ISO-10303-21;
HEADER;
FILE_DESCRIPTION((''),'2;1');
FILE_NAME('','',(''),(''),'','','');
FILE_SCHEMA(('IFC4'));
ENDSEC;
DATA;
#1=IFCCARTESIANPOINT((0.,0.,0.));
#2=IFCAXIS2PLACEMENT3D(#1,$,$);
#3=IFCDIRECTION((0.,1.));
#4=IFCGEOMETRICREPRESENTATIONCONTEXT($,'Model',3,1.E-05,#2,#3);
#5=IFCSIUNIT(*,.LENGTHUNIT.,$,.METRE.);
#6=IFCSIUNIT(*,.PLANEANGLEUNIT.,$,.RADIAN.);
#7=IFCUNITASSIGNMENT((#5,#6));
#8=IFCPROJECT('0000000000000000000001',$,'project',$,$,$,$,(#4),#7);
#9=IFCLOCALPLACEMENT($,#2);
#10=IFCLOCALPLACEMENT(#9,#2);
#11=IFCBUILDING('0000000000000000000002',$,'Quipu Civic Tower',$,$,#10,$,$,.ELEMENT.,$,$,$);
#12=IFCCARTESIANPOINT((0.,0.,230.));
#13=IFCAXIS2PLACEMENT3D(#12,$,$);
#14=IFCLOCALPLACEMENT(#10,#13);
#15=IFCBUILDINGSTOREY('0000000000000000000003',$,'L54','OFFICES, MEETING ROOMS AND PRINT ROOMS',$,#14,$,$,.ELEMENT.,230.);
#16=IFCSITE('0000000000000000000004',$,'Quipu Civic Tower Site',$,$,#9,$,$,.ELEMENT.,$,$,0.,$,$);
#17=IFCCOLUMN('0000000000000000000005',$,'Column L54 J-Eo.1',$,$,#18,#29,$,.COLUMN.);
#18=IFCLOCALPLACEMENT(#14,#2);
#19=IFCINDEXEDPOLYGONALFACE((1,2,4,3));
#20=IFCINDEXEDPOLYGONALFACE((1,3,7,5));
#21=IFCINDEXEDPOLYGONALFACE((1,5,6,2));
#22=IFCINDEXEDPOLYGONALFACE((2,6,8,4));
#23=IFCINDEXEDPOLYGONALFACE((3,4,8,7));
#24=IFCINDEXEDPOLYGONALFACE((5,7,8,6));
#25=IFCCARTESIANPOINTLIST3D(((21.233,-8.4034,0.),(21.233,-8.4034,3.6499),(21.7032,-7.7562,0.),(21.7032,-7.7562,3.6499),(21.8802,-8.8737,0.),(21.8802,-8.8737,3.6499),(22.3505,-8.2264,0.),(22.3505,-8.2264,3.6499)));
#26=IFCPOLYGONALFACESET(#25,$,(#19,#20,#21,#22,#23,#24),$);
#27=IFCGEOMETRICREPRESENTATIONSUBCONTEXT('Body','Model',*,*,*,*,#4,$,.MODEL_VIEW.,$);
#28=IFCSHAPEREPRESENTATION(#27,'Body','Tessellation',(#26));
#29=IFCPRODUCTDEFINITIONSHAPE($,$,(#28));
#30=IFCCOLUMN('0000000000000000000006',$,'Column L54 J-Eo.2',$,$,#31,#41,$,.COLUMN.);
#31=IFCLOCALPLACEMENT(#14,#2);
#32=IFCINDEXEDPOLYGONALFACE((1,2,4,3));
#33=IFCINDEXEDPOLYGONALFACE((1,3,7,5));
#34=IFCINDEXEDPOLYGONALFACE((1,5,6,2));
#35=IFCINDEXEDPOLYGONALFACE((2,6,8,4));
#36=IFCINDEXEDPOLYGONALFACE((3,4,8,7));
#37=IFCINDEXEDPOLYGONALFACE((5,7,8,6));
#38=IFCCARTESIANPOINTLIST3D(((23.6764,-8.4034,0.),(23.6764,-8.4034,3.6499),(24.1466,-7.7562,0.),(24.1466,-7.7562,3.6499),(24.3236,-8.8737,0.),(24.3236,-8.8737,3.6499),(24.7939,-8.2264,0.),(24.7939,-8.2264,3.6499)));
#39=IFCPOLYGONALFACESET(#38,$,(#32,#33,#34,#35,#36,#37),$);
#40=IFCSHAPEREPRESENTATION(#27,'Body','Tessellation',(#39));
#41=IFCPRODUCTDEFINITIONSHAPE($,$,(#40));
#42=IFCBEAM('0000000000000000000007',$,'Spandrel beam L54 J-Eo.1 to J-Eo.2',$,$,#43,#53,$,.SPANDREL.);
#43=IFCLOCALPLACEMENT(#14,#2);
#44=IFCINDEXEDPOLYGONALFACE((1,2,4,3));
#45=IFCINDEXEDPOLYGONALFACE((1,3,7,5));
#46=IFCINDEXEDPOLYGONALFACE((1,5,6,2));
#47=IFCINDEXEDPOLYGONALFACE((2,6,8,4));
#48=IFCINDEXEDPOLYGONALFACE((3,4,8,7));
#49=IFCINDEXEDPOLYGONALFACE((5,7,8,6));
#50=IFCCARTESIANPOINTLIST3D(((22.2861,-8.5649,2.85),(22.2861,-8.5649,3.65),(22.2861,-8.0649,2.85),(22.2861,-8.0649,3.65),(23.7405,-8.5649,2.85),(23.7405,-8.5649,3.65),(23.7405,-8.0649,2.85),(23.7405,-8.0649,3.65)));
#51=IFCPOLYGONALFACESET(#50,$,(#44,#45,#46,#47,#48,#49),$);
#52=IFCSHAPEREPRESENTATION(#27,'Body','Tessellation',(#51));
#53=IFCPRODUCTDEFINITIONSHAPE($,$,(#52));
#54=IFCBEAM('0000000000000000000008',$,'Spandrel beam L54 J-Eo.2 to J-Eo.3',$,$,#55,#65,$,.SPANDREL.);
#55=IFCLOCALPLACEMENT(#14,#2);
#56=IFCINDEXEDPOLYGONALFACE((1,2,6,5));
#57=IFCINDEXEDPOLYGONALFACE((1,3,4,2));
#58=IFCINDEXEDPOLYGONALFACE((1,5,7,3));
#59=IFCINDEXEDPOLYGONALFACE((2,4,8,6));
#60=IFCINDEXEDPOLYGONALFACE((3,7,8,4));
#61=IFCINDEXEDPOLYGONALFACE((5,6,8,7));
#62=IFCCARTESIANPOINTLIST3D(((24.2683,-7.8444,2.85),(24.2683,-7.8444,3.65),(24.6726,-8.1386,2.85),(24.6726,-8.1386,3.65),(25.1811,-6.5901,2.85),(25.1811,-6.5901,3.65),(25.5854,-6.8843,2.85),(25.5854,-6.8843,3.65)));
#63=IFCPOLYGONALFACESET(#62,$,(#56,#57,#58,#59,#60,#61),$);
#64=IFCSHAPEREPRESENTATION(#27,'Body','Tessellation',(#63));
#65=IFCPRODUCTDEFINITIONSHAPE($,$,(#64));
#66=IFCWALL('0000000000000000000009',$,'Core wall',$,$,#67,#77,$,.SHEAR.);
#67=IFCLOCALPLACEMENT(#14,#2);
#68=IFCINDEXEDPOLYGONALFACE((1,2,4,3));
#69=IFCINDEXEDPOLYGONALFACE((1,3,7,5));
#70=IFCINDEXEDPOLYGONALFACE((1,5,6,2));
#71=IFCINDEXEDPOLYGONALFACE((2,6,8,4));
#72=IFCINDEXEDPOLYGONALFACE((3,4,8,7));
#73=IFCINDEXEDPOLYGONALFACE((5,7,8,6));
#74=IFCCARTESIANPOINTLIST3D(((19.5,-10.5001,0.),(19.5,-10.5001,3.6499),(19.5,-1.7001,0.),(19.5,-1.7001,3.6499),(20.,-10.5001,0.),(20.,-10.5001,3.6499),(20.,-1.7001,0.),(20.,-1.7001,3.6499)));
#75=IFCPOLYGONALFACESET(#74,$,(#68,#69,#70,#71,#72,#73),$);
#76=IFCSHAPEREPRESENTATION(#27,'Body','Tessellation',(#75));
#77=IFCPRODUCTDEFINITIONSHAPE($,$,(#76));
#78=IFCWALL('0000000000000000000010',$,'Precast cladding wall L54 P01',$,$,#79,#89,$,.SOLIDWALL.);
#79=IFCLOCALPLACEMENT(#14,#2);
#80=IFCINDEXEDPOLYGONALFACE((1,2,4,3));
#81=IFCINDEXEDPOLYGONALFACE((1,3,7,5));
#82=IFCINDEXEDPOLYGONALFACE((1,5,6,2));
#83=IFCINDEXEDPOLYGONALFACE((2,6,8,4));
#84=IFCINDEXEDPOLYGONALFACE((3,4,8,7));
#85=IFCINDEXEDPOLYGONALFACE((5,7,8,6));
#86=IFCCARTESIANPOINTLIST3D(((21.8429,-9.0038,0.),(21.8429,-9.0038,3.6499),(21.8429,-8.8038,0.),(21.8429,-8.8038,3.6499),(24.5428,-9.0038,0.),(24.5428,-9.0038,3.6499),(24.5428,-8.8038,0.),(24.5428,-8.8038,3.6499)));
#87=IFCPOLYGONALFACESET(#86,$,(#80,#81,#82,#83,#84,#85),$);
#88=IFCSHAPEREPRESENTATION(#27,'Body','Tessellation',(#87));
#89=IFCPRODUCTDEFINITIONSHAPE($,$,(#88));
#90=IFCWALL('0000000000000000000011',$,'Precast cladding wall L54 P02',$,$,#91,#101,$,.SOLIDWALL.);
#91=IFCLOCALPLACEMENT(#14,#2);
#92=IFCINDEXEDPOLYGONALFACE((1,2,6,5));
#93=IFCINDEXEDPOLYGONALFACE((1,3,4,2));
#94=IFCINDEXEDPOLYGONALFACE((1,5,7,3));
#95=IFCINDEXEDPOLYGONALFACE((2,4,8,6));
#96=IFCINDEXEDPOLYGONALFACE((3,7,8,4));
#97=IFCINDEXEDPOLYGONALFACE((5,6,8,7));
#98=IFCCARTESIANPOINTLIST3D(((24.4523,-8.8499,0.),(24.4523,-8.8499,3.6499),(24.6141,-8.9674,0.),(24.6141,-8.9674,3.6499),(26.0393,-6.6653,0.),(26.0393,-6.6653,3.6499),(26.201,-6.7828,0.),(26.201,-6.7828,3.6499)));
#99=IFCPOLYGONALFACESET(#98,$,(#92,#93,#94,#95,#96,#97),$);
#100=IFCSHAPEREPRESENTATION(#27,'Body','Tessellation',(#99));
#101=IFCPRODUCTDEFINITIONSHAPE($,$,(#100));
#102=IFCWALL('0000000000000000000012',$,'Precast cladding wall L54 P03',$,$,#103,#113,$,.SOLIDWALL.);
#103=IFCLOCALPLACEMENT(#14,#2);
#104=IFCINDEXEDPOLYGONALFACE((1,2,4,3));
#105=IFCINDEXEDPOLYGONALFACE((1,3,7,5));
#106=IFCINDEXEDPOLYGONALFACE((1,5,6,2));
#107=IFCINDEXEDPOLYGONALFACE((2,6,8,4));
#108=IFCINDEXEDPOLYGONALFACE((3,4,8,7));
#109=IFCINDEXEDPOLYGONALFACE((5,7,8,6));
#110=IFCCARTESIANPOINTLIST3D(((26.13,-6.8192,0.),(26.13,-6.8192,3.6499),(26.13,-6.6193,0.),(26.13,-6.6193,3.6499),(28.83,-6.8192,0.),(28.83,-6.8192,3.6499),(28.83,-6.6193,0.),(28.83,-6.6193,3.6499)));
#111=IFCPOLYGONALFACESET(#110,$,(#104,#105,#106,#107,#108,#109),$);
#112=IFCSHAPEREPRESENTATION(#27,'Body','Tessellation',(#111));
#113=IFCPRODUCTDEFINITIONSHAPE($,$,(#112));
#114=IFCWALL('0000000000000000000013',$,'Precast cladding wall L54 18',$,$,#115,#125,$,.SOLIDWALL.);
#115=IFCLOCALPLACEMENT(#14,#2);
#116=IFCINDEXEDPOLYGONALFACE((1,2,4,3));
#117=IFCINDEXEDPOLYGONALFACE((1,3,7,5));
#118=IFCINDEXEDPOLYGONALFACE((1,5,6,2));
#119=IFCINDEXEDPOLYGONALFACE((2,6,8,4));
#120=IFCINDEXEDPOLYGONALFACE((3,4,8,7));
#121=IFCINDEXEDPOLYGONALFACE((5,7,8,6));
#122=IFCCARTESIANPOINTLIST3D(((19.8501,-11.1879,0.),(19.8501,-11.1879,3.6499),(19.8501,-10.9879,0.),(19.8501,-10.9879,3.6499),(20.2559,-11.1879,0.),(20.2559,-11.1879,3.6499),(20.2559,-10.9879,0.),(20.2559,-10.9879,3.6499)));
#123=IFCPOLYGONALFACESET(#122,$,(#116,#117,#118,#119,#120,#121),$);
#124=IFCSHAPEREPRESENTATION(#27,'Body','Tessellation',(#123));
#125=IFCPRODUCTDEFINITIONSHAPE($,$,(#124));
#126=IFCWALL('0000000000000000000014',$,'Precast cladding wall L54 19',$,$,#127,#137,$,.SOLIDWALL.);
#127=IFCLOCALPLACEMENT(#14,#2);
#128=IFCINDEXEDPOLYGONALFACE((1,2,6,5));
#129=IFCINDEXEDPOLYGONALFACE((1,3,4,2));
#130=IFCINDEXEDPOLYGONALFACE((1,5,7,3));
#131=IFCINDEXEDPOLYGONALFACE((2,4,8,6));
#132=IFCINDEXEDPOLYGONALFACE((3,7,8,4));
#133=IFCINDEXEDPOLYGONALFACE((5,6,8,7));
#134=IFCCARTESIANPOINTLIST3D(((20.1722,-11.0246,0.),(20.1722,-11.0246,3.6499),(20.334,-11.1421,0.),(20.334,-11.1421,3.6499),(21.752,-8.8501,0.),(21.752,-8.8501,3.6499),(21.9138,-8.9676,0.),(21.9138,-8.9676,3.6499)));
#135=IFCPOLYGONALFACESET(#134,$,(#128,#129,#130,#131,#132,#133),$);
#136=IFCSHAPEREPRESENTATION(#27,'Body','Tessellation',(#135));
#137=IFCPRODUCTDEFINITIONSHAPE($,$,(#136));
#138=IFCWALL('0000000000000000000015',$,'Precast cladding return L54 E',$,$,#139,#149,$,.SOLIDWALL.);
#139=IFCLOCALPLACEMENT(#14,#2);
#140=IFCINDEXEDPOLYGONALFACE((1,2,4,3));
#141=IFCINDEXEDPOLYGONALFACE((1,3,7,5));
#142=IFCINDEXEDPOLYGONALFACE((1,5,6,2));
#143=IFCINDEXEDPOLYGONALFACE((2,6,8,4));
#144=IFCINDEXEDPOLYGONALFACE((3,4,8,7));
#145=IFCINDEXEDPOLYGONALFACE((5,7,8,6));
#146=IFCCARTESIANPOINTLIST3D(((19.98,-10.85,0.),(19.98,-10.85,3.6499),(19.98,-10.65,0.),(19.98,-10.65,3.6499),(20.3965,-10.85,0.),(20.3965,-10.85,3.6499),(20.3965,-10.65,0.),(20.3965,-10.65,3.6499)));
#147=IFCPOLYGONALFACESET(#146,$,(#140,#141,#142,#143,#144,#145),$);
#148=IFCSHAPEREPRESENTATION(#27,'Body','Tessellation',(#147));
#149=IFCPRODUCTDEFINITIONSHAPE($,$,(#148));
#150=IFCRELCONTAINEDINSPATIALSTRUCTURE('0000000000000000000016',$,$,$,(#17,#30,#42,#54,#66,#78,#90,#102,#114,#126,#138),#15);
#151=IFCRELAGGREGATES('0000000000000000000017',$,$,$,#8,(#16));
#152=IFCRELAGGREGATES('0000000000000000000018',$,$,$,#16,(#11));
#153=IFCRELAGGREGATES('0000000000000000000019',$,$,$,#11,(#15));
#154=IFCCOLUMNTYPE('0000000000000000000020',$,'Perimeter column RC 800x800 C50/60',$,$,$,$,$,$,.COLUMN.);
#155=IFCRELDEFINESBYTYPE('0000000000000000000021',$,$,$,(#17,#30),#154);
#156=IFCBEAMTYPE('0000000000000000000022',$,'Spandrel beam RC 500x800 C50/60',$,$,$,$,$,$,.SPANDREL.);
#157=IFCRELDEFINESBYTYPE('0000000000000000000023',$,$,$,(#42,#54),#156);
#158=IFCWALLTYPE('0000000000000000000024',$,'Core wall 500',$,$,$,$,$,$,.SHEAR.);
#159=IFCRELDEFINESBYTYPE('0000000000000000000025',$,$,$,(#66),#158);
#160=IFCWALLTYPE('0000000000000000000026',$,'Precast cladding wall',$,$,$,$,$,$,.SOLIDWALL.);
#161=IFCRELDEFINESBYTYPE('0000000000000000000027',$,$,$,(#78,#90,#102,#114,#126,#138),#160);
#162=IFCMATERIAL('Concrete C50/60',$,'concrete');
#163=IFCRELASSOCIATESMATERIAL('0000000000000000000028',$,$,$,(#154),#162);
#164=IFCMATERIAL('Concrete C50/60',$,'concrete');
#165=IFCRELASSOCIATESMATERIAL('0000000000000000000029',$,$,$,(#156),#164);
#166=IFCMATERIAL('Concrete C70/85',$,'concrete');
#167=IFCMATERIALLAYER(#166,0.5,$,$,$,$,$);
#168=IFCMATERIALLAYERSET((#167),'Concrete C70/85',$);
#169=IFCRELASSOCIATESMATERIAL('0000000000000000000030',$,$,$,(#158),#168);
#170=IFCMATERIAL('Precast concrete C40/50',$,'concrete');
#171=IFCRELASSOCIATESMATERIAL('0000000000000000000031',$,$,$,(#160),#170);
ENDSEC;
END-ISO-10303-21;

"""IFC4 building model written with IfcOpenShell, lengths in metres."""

from ifc_helpers import new_model, si_unit, direction, frame, frame_2d, origin, origin_2d, place, context, subcontext, project, spatial, rectangle, extrude, material, layer, layer_set, material_profile, profile_set, type_object, element, save


model = new_model("IFC4")

# Units and contexts
model_context = context("Model", 3, precision=1e-05, world=origin(), true_north=direction((0.0, 1.0)))
body_context = subcontext(model_context, "Body", "Model", "MODEL_VIEW")
ifc_project = project(units=[si_unit("LENGTHUNIT", "METRE"), si_unit("PLANEANGLEUNIT", "RADIAN")], contexts=[model_context])

# Site, building, storey
site_placement = place(None, origin())
site = spatial("IfcSite", under=ifc_project, at=site_placement, Name="Quipu Civic Tower Site", CompositionType="ELEMENT", RefElevation=0.0)
building_placement = place(site_placement, origin())
building = spatial("IfcBuilding", under=site, at=building_placement, Name="Quipu Civic Tower", CompositionType="ELEMENT")
storey_placement = place(building_placement, frame((0.0, 0.0, 230.0)))
storey = spatial("IfcBuildingStorey", under=building, at=storey_placement, Name="L54", Description="OFFICES, MEETING ROOMS AND PRINT ROOMS", CompositionType="ELEMENT", Elevation=230.0)

# Columns
ifc_material_1 = material(Name="Concrete C50/60", Category="concrete")
ifc_material_profile_1 = material_profile(ifc_material_1, rectangle(XDim=0.8, YDim=0.8, at=origin_2d()), Name="RC800x800")
ifc_profile_set_1 = profile_set([ifc_material_profile_1], Name="Concrete C50/60")
column_type = type_object("IfcColumnType", Name="Perimeter column RC 800x800 C50/60", PredefinedType="COLUMN", material=ifc_profile_set_1)
for number, where, z_axis, x_axis, name in (
    (1, (21.7917, -8.3149, 0.0), (0.0, 0.0, 1.0), (0.587785, 0.809017, 0.0), "Column L54 J-Eo.1"),
    (2, (24.2351, -8.3149, 0.0), (0.0, 0.0, 1.0), (0.587785, 0.809017, 0.0), "Column L54 J-Eo.2"),
):
    element("IfcColumn", number, at=place(storey_placement, frame(where, z_axis=z_axis, x_axis=x_axis)), inside=storey, type_object=column_type, Name=name, PredefinedType="COLUMN", context=body_context, shape_type="SweptSolid", body=[
        extrude(rectangle(XDim=0.8, YDim=0.8, at=origin_2d()), origin(), (0.0, 0.0, 1.0), 3.6499),
    ])

# Beams
ifc_material_2 = material(Name="Concrete C50/60", Category="concrete")
ifc_material_profile_2 = material_profile(ifc_material_2, rectangle(XDim=0.5, YDim=0.8, at=origin_2d()), Name="RC500x800")
ifc_profile_set_2 = profile_set([ifc_material_profile_2], Name="Concrete C50/60")
beam_type = type_object("IfcBeamType", Name="Spandrel beam RC 500x800 C50/60", PredefinedType="SPANDREL", material=ifc_profile_set_2)
beam_1_placement = place(storey_placement, frame((22.2861, -8.3149, 3.25), z_axis=(1.0, 0.0, 0.0), x_axis=(0.0, 1.0, 0.0)))
element("IfcBeam", 3, at=beam_1_placement, inside=storey, type_object=beam_type, Name="Spandrel beam L54 J-Eo.1 to J-Eo.2", PredefinedType="SPANDREL", context=body_context, shape_type="SweptSolid", body=[
    extrude(rectangle(XDim=0.5, YDim=0.8, at=origin_2d()), origin(), (0.0, 0.0, 1.0), 1.4543),
])
beam_2_placement = place(storey_placement, frame((24.4705, -7.9915, 3.25), z_axis=(0.588406, 0.808566, 0.0), x_axis=(-0.808566, 0.588406, 0.0)))
element("IfcBeam", 4, at=beam_2_placement, inside=storey, type_object=beam_type, Name="Spandrel beam L54 J-Eo.2 to J-Eo.3", PredefinedType="SPANDREL", context=body_context, shape_type="SweptSolid", body=[
    extrude(rectangle(XDim=0.5, YDim=0.8, at=origin_2d()), origin(), (0.0, 0.0, 1.0), 1.5513),
])

# Walls
ifc_material_3 = material(Name="Concrete C70/85", Category="concrete")
ifc_layer = layer(ifc_material_3, 0.5)
ifc_layer_set = layer_set([ifc_layer], Name="Concrete C70/85")
wall_type_1 = type_object("IfcWallType", Name="Core wall 500", PredefinedType="SHEAR", material=ifc_layer_set)
wall_1_placement = place(storey_placement, frame((19.75, -10.5, 0.0), z_axis=(0.0, 0.0, 1.0), x_axis=(0.0, 1.0, 0.0)))
element("IfcWall", 5, at=wall_1_placement, inside=storey, type_object=wall_type_1, Name="Core wall", PredefinedType="SHEAR", context=body_context, shape_type="SweptSolid", body=[
    extrude(rectangle(XDim=8.8, YDim=0.5, at=frame_2d((4.3999, 0.0))), origin(), (0.0, 0.0, 1.0), 3.6499),
])
ifc_material_4 = material(Name="Precast concrete C40/50", Category="concrete")
wall_type_2 = type_object("IfcWallType", Name="Precast cladding wall", PredefinedType="SOLIDWALL", material=ifc_material_4)
wall_2_placement = place(storey_placement, frame((21.8428, -8.9038, 0.0), z_axis=(0.0, 0.0, 1.0), x_axis=(1.0, 0.0, 0.0)))
element("IfcWall", 6, at=wall_2_placement, inside=storey, type_object=wall_type_2, Name="Precast cladding wall L54 P01", PredefinedType="SOLIDWALL", context=body_context, shape_type="SweptSolid", body=[
    extrude(rectangle(XDim=2.7, YDim=0.2, at=frame_2d((1.3501, 0.0))), origin(), (0.0, 0.0, 1.0), 3.6499),
])
wall_3_placement = place(storey_placement, frame((24.5332, -8.9087, 0.0), z_axis=(0.0, 0.0, 1.0), x_axis=(0.58772, 0.809064, 0.0)))
element("IfcWall", 7, at=wall_3_placement, inside=storey, type_object=wall_type_2, Name="Precast cladding wall L54 P02", PredefinedType="SOLIDWALL", context=body_context, shape_type="SweptSolid", body=[
    extrude(rectangle(XDim=2.7002, YDim=0.2, at=frame_2d((1.3501, 0.0))), origin(), (0.0, 0.0, 1.0), 3.6499),
])
wall_4_placement = place(storey_placement, frame((26.1299, -6.7192, 0.0), z_axis=(0.0, 0.0, 1.0), x_axis=(1.0, 0.0, 0.0)))
element("IfcWall", 8, at=wall_4_placement, inside=storey, type_object=wall_type_2, Name="Precast cladding wall L54 P03", PredefinedType="SOLIDWALL", context=body_context, shape_type="SweptSolid", body=[
    extrude(rectangle(XDim=2.7, YDim=0.2, at=frame_2d((1.3501, 0.0))), origin(), (0.0, 0.0, 1.0), 3.6499),
])
wall_5_placement = place(storey_placement, frame((19.8501, -11.0879, 0.0), z_axis=(0.0, 0.0, 1.0), x_axis=(1.0, 0.0, 0.0)))
element("IfcWall", 9, at=wall_5_placement, inside=storey, type_object=wall_type_2, Name="Precast cladding wall L54 18", PredefinedType="SOLIDWALL", context=body_context, shape_type="SweptSolid", body=[
    extrude(rectangle(XDim=0.4058, YDim=0.2, at=frame_2d((0.2029, 0.0))), origin(), (0.0, 0.0, 1.0), 3.6499),
])
wall_6_placement = place(storey_placement, frame((20.2532, -11.0833, 0.0), z_axis=(0.0, 0.0, 1.0), x_axis=(0.587767, 0.809031, 0.0)))
element("IfcWall", 10, at=wall_6_placement, inside=storey, type_object=wall_type_2, Name="Precast cladding wall L54 19", PredefinedType="SOLIDWALL", context=body_context, shape_type="SweptSolid", body=[
    extrude(rectangle(XDim=2.6877, YDim=0.2, at=frame_2d((1.3438, 0.0))), origin(), (0.0, 0.0, 1.0), 3.6499),
])
wall_7_placement = place(storey_placement, frame((19.98, -10.75, 0.0), z_axis=(0.0, 0.0, 1.0), x_axis=(1.0, 0.0, 0.0)))
element("IfcWall", 11, at=wall_7_placement, inside=storey, type_object=wall_type_2, Name="Precast cladding return L54 E", PredefinedType="SOLIDWALL", context=body_context, shape_type="SweptSolid", body=[
    extrude(rectangle(XDim=0.4165, YDim=0.2, at=frame_2d((0.2083, 0.0))), origin(), (0.0, 0.0, 1.0), 3.6499),
])

save(model, "model.ifc")
